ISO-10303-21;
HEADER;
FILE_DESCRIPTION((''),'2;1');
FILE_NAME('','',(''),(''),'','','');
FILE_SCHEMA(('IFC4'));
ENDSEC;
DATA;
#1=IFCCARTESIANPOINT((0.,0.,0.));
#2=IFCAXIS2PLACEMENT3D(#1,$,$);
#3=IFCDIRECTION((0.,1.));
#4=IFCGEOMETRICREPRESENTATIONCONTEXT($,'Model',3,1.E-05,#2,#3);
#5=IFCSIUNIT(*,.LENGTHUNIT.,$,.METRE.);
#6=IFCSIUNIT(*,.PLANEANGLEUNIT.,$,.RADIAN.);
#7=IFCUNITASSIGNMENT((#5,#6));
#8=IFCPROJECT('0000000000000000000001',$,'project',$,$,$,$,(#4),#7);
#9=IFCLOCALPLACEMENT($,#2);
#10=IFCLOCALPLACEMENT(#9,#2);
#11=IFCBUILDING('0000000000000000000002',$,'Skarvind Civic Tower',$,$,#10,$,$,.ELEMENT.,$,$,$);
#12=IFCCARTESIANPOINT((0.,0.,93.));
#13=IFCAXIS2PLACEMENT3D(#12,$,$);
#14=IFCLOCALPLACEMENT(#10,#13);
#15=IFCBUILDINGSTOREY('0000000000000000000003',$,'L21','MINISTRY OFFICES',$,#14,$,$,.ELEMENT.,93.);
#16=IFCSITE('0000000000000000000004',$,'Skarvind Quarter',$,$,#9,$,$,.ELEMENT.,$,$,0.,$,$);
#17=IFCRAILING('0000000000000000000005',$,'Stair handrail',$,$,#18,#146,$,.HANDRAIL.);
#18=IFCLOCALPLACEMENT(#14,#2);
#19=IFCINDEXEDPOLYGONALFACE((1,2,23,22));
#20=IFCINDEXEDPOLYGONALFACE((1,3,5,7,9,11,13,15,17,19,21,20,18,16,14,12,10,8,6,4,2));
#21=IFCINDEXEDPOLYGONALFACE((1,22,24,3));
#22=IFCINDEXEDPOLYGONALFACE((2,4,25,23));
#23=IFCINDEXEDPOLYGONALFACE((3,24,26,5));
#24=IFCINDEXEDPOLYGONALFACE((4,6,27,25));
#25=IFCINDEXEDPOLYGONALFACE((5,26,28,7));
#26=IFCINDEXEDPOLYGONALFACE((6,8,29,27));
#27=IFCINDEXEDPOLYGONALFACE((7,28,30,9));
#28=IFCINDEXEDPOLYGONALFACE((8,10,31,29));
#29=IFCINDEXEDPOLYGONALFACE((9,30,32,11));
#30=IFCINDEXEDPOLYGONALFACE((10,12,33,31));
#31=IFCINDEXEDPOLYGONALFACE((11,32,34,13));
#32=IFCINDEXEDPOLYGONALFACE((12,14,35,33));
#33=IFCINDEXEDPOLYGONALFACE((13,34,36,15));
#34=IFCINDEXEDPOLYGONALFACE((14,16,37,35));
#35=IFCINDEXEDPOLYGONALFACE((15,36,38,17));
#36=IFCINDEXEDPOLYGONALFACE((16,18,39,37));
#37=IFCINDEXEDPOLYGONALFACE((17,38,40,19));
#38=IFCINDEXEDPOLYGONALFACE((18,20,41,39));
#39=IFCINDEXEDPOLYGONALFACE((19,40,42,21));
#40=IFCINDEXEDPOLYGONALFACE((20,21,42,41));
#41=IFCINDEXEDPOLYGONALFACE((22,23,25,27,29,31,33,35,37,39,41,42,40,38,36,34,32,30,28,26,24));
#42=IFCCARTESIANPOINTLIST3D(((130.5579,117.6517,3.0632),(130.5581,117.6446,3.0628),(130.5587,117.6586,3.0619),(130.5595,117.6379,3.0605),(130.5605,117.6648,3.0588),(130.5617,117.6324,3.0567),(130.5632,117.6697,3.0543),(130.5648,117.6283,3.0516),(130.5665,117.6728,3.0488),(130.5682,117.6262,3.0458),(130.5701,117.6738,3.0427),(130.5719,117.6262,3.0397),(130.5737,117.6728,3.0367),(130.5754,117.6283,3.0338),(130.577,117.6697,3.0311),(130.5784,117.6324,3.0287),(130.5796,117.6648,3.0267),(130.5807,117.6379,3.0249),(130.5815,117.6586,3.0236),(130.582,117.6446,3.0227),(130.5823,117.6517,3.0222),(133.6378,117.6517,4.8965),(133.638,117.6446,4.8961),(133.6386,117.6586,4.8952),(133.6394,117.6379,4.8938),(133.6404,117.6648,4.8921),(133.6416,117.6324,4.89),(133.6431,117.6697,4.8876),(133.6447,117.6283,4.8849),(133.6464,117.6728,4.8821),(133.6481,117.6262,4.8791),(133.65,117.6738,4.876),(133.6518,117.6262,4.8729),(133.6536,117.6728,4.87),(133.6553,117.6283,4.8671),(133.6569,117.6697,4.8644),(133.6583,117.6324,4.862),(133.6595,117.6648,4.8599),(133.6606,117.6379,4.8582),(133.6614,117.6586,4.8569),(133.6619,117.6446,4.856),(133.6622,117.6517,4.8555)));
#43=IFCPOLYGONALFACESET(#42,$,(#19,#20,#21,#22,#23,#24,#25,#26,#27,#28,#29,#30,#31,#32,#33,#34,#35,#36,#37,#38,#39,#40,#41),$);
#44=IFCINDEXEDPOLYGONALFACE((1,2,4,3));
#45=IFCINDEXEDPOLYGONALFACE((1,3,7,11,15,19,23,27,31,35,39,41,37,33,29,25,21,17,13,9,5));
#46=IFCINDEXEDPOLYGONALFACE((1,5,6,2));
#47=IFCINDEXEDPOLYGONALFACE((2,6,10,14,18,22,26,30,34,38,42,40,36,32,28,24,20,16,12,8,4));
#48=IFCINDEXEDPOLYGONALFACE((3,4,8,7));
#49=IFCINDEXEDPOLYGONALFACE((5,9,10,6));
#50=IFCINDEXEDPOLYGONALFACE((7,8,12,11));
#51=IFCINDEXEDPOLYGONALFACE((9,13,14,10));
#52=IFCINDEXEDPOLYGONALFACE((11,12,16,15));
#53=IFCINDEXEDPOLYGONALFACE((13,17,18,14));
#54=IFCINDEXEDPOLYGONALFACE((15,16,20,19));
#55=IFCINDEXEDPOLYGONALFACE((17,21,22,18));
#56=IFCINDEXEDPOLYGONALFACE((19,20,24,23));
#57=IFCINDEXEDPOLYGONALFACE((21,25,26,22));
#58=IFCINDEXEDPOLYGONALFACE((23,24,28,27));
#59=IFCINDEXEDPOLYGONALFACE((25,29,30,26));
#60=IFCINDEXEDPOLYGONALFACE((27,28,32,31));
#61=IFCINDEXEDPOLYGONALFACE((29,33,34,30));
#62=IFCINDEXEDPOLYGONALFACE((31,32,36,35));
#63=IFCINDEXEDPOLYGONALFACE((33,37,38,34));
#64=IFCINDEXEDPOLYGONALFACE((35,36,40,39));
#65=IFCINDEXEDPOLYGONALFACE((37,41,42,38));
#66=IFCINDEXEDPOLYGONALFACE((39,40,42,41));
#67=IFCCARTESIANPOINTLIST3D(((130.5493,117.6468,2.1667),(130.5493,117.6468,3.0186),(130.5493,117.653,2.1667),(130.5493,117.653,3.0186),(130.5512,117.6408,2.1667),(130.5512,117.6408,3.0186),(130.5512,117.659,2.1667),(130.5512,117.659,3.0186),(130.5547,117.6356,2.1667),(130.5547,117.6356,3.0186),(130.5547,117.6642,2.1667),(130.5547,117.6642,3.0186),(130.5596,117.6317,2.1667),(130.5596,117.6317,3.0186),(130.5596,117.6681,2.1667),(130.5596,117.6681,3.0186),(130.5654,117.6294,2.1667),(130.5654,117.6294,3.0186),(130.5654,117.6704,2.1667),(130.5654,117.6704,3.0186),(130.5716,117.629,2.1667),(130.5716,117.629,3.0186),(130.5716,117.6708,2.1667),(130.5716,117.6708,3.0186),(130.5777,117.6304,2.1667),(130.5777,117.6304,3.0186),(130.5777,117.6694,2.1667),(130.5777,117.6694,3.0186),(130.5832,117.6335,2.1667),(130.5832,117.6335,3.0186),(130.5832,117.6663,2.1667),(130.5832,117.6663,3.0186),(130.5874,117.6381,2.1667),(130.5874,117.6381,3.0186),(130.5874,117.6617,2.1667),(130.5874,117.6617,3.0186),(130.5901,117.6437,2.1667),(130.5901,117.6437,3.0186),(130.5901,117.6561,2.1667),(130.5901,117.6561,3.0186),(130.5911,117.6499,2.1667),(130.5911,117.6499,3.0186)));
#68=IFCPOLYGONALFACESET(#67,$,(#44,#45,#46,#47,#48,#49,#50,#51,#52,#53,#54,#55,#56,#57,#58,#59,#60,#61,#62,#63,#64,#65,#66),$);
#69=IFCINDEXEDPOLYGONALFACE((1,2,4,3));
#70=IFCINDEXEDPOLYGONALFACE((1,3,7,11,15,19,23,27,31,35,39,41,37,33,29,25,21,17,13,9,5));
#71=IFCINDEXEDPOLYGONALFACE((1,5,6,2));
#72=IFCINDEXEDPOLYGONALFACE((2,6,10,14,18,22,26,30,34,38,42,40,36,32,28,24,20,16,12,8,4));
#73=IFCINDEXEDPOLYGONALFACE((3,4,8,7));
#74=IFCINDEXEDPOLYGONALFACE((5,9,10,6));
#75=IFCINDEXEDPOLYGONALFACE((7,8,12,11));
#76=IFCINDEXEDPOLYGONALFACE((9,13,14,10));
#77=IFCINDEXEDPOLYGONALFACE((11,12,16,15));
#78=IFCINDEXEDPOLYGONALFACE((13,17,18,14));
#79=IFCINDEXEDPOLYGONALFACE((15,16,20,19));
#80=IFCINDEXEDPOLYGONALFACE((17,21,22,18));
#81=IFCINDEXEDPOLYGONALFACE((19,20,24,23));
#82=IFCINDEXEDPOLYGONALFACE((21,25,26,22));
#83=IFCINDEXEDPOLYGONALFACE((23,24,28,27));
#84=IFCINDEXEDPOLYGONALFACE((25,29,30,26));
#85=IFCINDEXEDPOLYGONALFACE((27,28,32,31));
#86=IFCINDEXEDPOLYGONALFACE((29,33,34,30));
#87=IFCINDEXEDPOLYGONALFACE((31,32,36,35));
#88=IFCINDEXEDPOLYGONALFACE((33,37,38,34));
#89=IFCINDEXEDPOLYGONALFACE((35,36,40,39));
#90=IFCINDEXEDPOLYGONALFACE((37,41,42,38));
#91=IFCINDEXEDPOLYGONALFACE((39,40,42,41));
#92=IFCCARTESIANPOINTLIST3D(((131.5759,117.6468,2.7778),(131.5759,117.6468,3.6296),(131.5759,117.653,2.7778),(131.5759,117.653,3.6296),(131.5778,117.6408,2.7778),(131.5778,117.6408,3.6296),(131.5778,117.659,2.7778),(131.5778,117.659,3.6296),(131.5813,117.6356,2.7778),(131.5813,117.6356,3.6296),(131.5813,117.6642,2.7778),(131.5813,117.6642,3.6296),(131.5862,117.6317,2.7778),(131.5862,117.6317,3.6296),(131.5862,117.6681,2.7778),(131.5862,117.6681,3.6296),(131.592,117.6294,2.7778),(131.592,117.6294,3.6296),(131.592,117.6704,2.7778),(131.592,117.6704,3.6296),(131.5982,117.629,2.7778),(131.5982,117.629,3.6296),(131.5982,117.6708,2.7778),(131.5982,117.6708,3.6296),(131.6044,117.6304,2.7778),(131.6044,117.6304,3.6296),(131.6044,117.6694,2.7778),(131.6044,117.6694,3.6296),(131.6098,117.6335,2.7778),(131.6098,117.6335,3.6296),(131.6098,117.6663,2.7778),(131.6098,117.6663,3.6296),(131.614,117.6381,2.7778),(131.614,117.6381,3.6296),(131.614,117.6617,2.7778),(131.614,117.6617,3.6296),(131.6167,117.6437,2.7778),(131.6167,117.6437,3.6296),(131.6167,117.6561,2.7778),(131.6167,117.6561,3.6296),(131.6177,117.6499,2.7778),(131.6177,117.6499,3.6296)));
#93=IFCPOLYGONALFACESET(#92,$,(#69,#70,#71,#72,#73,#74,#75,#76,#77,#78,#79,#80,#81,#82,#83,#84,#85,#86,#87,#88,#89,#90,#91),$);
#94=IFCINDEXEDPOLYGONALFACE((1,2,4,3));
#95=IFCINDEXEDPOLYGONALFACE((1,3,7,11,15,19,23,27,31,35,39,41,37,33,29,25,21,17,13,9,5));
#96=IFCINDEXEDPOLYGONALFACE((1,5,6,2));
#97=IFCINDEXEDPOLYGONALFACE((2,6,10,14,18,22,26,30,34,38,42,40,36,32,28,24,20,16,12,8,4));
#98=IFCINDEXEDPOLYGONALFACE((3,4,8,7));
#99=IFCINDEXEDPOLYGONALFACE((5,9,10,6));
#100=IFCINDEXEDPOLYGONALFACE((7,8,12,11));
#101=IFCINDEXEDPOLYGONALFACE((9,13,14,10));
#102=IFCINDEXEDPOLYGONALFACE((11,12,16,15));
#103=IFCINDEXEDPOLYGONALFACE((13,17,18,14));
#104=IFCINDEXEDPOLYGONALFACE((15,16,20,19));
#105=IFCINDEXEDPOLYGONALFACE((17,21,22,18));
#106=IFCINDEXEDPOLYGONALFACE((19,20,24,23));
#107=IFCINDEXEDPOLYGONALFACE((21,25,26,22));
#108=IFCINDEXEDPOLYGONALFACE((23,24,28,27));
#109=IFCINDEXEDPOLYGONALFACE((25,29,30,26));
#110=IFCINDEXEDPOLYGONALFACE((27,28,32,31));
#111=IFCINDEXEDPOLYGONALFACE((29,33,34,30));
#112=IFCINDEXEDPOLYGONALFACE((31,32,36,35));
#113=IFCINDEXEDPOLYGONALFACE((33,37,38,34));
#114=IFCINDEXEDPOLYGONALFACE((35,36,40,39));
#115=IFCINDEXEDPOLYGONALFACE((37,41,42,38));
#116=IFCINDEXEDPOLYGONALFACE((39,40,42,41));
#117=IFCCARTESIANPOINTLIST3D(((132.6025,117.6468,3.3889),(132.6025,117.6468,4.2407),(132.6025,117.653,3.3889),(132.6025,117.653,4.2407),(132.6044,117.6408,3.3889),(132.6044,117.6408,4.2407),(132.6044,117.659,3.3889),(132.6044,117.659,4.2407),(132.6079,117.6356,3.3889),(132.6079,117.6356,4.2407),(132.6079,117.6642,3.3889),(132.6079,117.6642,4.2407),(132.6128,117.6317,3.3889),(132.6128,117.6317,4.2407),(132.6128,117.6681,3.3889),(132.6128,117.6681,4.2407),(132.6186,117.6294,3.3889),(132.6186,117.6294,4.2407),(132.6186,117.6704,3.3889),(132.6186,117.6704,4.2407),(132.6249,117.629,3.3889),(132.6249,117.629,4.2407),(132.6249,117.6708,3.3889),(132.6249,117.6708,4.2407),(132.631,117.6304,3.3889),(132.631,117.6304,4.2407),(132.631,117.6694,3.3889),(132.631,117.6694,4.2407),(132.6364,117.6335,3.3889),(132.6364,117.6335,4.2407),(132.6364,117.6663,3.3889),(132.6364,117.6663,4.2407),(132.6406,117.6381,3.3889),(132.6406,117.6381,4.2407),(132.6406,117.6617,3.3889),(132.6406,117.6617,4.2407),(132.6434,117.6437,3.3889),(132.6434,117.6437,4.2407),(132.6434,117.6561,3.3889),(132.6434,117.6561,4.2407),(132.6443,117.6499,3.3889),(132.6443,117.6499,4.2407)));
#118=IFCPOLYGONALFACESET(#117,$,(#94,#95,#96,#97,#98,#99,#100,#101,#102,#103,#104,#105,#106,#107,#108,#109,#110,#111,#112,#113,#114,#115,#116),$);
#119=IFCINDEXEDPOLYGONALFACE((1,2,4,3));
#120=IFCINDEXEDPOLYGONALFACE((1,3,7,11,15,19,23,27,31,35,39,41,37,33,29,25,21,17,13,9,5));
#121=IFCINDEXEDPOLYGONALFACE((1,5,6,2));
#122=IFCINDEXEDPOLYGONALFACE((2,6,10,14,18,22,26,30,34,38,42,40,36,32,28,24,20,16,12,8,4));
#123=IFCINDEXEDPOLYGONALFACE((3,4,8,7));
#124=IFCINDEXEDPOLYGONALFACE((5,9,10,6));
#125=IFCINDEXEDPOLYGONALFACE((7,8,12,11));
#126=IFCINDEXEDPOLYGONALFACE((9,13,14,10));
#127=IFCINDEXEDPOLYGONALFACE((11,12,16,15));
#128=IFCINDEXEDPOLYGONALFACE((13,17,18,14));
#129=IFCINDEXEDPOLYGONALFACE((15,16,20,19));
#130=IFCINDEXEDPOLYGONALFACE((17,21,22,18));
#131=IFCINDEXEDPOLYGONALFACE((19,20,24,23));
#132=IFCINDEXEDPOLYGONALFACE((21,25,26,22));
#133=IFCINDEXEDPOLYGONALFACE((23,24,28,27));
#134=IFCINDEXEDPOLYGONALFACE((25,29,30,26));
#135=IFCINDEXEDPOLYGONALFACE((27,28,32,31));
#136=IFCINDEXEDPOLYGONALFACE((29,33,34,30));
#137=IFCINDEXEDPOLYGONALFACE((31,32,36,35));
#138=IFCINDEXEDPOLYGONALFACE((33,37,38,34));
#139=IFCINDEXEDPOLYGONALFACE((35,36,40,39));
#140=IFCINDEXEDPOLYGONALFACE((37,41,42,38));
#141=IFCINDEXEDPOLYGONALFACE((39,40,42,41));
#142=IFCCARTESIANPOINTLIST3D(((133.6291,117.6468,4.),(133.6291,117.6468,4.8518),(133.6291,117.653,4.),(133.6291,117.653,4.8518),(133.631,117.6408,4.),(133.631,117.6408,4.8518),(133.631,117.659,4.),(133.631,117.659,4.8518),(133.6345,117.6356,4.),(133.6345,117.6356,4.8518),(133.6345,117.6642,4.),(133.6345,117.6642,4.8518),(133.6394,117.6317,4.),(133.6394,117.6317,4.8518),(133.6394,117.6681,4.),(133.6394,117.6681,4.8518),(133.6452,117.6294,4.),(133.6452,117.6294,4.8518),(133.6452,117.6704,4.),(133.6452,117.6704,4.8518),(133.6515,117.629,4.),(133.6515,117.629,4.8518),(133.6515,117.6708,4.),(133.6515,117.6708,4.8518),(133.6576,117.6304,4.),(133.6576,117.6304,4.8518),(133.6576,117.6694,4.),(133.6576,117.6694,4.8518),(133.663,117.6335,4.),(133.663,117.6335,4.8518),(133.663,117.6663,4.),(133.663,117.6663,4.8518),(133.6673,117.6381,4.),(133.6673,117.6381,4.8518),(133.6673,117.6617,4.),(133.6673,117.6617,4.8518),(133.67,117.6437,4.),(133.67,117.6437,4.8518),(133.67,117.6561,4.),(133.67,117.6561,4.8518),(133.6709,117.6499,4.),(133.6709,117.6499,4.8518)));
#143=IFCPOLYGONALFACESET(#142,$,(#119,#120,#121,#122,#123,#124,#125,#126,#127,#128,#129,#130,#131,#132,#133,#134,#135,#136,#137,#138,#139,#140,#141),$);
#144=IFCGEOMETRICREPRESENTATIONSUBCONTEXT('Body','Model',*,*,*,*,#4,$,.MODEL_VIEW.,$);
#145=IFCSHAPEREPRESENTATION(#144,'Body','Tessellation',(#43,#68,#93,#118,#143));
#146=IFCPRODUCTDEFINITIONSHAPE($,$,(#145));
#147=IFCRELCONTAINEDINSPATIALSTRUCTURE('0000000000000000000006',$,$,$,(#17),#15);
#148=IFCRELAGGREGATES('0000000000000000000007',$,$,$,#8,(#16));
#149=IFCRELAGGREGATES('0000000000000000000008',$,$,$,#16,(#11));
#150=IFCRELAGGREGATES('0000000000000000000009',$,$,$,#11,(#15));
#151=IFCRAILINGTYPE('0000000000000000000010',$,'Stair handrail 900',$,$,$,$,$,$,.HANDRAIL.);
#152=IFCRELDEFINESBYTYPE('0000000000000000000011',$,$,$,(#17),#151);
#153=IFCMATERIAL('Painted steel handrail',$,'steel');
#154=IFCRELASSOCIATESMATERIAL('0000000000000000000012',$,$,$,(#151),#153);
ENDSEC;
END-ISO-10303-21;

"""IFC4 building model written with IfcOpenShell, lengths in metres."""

from ifc_helpers import new_model, si_unit, direction, frame, origin, origin_2d, place, context, subcontext, project, spatial, circle, extrude, material, type_object, element, save


model = new_model("IFC4")

# Units and contexts
model_context = context("Model", 3, precision=1e-05, world=origin(), true_north=direction((0.0, 1.0)))
body_context = subcontext(model_context, "Body", "Model", "MODEL_VIEW")
ifc_project = project(units=[si_unit("LENGTHUNIT", "METRE"), si_unit("PLANEANGLEUNIT", "RADIAN")], contexts=[model_context])

# Site, building, storey
site_placement = place(None, origin())
site = spatial("IfcSite", under=ifc_project, at=site_placement, Name="Skarvind Quarter", CompositionType="ELEMENT", RefElevation=0.0)
building_placement = place(site_placement, origin())
building = spatial("IfcBuilding", under=site, at=building_placement, Name="Skarvind Civic Tower", CompositionType="ELEMENT")
storey_placement = place(building_placement, frame((0.0, 0.0, 93.0)))
storey = spatial("IfcBuildingStorey", under=building, at=storey_placement, Name="L21", Description="MINISTRY OFFICES", CompositionType="ELEMENT", Elevation=93.0)

# Railing
ifc_material_1 = material(Name="Painted steel handrail", Category="steel")
railing_type = type_object("IfcRailingType", Name="Stair handrail 900", PredefinedType="HANDRAIL", material=ifc_material_1)
railing_1_placement = place(storey_placement, frame((130.5701, 117.6499, 2.1667)))
element("IfcRailing", 1, at=railing_1_placement, inside=storey, type_object=railing_type, Name="Stair handrail", PredefinedType="HANDRAIL", context=body_context, shape_type="SweptSolid", body=[
    extrude(circle(Radius=0.0239, at=origin_2d()), frame((0.0, 0.0, 0.876), z_axis=(0.859291, 0.0, 0.511487), x_axis=(0.0, 1.0, 0.0)), (0.0, 0.0, 1.0), 3.5842),
    extrude(circle(Radius=0.021, at=origin_2d()), origin(), (0.0, 0.0, 1.0), 0.8518),
    extrude(circle(Radius=0.021, at=origin_2d()), frame((1.0266, 0.0, 0.6111)), (0.0, 0.0, 1.0), 0.8518),
    extrude(circle(Radius=0.021, at=origin_2d()), frame((2.0532, 0.0, 1.2222)), (0.0, 0.0, 1.0), 0.8518),
    extrude(circle(Radius=0.021, at=origin_2d()), frame((3.0798, 0.0, 1.8333)), (0.0, 0.0, 1.0), 0.8518),
])

save(model, "model.ifc")
